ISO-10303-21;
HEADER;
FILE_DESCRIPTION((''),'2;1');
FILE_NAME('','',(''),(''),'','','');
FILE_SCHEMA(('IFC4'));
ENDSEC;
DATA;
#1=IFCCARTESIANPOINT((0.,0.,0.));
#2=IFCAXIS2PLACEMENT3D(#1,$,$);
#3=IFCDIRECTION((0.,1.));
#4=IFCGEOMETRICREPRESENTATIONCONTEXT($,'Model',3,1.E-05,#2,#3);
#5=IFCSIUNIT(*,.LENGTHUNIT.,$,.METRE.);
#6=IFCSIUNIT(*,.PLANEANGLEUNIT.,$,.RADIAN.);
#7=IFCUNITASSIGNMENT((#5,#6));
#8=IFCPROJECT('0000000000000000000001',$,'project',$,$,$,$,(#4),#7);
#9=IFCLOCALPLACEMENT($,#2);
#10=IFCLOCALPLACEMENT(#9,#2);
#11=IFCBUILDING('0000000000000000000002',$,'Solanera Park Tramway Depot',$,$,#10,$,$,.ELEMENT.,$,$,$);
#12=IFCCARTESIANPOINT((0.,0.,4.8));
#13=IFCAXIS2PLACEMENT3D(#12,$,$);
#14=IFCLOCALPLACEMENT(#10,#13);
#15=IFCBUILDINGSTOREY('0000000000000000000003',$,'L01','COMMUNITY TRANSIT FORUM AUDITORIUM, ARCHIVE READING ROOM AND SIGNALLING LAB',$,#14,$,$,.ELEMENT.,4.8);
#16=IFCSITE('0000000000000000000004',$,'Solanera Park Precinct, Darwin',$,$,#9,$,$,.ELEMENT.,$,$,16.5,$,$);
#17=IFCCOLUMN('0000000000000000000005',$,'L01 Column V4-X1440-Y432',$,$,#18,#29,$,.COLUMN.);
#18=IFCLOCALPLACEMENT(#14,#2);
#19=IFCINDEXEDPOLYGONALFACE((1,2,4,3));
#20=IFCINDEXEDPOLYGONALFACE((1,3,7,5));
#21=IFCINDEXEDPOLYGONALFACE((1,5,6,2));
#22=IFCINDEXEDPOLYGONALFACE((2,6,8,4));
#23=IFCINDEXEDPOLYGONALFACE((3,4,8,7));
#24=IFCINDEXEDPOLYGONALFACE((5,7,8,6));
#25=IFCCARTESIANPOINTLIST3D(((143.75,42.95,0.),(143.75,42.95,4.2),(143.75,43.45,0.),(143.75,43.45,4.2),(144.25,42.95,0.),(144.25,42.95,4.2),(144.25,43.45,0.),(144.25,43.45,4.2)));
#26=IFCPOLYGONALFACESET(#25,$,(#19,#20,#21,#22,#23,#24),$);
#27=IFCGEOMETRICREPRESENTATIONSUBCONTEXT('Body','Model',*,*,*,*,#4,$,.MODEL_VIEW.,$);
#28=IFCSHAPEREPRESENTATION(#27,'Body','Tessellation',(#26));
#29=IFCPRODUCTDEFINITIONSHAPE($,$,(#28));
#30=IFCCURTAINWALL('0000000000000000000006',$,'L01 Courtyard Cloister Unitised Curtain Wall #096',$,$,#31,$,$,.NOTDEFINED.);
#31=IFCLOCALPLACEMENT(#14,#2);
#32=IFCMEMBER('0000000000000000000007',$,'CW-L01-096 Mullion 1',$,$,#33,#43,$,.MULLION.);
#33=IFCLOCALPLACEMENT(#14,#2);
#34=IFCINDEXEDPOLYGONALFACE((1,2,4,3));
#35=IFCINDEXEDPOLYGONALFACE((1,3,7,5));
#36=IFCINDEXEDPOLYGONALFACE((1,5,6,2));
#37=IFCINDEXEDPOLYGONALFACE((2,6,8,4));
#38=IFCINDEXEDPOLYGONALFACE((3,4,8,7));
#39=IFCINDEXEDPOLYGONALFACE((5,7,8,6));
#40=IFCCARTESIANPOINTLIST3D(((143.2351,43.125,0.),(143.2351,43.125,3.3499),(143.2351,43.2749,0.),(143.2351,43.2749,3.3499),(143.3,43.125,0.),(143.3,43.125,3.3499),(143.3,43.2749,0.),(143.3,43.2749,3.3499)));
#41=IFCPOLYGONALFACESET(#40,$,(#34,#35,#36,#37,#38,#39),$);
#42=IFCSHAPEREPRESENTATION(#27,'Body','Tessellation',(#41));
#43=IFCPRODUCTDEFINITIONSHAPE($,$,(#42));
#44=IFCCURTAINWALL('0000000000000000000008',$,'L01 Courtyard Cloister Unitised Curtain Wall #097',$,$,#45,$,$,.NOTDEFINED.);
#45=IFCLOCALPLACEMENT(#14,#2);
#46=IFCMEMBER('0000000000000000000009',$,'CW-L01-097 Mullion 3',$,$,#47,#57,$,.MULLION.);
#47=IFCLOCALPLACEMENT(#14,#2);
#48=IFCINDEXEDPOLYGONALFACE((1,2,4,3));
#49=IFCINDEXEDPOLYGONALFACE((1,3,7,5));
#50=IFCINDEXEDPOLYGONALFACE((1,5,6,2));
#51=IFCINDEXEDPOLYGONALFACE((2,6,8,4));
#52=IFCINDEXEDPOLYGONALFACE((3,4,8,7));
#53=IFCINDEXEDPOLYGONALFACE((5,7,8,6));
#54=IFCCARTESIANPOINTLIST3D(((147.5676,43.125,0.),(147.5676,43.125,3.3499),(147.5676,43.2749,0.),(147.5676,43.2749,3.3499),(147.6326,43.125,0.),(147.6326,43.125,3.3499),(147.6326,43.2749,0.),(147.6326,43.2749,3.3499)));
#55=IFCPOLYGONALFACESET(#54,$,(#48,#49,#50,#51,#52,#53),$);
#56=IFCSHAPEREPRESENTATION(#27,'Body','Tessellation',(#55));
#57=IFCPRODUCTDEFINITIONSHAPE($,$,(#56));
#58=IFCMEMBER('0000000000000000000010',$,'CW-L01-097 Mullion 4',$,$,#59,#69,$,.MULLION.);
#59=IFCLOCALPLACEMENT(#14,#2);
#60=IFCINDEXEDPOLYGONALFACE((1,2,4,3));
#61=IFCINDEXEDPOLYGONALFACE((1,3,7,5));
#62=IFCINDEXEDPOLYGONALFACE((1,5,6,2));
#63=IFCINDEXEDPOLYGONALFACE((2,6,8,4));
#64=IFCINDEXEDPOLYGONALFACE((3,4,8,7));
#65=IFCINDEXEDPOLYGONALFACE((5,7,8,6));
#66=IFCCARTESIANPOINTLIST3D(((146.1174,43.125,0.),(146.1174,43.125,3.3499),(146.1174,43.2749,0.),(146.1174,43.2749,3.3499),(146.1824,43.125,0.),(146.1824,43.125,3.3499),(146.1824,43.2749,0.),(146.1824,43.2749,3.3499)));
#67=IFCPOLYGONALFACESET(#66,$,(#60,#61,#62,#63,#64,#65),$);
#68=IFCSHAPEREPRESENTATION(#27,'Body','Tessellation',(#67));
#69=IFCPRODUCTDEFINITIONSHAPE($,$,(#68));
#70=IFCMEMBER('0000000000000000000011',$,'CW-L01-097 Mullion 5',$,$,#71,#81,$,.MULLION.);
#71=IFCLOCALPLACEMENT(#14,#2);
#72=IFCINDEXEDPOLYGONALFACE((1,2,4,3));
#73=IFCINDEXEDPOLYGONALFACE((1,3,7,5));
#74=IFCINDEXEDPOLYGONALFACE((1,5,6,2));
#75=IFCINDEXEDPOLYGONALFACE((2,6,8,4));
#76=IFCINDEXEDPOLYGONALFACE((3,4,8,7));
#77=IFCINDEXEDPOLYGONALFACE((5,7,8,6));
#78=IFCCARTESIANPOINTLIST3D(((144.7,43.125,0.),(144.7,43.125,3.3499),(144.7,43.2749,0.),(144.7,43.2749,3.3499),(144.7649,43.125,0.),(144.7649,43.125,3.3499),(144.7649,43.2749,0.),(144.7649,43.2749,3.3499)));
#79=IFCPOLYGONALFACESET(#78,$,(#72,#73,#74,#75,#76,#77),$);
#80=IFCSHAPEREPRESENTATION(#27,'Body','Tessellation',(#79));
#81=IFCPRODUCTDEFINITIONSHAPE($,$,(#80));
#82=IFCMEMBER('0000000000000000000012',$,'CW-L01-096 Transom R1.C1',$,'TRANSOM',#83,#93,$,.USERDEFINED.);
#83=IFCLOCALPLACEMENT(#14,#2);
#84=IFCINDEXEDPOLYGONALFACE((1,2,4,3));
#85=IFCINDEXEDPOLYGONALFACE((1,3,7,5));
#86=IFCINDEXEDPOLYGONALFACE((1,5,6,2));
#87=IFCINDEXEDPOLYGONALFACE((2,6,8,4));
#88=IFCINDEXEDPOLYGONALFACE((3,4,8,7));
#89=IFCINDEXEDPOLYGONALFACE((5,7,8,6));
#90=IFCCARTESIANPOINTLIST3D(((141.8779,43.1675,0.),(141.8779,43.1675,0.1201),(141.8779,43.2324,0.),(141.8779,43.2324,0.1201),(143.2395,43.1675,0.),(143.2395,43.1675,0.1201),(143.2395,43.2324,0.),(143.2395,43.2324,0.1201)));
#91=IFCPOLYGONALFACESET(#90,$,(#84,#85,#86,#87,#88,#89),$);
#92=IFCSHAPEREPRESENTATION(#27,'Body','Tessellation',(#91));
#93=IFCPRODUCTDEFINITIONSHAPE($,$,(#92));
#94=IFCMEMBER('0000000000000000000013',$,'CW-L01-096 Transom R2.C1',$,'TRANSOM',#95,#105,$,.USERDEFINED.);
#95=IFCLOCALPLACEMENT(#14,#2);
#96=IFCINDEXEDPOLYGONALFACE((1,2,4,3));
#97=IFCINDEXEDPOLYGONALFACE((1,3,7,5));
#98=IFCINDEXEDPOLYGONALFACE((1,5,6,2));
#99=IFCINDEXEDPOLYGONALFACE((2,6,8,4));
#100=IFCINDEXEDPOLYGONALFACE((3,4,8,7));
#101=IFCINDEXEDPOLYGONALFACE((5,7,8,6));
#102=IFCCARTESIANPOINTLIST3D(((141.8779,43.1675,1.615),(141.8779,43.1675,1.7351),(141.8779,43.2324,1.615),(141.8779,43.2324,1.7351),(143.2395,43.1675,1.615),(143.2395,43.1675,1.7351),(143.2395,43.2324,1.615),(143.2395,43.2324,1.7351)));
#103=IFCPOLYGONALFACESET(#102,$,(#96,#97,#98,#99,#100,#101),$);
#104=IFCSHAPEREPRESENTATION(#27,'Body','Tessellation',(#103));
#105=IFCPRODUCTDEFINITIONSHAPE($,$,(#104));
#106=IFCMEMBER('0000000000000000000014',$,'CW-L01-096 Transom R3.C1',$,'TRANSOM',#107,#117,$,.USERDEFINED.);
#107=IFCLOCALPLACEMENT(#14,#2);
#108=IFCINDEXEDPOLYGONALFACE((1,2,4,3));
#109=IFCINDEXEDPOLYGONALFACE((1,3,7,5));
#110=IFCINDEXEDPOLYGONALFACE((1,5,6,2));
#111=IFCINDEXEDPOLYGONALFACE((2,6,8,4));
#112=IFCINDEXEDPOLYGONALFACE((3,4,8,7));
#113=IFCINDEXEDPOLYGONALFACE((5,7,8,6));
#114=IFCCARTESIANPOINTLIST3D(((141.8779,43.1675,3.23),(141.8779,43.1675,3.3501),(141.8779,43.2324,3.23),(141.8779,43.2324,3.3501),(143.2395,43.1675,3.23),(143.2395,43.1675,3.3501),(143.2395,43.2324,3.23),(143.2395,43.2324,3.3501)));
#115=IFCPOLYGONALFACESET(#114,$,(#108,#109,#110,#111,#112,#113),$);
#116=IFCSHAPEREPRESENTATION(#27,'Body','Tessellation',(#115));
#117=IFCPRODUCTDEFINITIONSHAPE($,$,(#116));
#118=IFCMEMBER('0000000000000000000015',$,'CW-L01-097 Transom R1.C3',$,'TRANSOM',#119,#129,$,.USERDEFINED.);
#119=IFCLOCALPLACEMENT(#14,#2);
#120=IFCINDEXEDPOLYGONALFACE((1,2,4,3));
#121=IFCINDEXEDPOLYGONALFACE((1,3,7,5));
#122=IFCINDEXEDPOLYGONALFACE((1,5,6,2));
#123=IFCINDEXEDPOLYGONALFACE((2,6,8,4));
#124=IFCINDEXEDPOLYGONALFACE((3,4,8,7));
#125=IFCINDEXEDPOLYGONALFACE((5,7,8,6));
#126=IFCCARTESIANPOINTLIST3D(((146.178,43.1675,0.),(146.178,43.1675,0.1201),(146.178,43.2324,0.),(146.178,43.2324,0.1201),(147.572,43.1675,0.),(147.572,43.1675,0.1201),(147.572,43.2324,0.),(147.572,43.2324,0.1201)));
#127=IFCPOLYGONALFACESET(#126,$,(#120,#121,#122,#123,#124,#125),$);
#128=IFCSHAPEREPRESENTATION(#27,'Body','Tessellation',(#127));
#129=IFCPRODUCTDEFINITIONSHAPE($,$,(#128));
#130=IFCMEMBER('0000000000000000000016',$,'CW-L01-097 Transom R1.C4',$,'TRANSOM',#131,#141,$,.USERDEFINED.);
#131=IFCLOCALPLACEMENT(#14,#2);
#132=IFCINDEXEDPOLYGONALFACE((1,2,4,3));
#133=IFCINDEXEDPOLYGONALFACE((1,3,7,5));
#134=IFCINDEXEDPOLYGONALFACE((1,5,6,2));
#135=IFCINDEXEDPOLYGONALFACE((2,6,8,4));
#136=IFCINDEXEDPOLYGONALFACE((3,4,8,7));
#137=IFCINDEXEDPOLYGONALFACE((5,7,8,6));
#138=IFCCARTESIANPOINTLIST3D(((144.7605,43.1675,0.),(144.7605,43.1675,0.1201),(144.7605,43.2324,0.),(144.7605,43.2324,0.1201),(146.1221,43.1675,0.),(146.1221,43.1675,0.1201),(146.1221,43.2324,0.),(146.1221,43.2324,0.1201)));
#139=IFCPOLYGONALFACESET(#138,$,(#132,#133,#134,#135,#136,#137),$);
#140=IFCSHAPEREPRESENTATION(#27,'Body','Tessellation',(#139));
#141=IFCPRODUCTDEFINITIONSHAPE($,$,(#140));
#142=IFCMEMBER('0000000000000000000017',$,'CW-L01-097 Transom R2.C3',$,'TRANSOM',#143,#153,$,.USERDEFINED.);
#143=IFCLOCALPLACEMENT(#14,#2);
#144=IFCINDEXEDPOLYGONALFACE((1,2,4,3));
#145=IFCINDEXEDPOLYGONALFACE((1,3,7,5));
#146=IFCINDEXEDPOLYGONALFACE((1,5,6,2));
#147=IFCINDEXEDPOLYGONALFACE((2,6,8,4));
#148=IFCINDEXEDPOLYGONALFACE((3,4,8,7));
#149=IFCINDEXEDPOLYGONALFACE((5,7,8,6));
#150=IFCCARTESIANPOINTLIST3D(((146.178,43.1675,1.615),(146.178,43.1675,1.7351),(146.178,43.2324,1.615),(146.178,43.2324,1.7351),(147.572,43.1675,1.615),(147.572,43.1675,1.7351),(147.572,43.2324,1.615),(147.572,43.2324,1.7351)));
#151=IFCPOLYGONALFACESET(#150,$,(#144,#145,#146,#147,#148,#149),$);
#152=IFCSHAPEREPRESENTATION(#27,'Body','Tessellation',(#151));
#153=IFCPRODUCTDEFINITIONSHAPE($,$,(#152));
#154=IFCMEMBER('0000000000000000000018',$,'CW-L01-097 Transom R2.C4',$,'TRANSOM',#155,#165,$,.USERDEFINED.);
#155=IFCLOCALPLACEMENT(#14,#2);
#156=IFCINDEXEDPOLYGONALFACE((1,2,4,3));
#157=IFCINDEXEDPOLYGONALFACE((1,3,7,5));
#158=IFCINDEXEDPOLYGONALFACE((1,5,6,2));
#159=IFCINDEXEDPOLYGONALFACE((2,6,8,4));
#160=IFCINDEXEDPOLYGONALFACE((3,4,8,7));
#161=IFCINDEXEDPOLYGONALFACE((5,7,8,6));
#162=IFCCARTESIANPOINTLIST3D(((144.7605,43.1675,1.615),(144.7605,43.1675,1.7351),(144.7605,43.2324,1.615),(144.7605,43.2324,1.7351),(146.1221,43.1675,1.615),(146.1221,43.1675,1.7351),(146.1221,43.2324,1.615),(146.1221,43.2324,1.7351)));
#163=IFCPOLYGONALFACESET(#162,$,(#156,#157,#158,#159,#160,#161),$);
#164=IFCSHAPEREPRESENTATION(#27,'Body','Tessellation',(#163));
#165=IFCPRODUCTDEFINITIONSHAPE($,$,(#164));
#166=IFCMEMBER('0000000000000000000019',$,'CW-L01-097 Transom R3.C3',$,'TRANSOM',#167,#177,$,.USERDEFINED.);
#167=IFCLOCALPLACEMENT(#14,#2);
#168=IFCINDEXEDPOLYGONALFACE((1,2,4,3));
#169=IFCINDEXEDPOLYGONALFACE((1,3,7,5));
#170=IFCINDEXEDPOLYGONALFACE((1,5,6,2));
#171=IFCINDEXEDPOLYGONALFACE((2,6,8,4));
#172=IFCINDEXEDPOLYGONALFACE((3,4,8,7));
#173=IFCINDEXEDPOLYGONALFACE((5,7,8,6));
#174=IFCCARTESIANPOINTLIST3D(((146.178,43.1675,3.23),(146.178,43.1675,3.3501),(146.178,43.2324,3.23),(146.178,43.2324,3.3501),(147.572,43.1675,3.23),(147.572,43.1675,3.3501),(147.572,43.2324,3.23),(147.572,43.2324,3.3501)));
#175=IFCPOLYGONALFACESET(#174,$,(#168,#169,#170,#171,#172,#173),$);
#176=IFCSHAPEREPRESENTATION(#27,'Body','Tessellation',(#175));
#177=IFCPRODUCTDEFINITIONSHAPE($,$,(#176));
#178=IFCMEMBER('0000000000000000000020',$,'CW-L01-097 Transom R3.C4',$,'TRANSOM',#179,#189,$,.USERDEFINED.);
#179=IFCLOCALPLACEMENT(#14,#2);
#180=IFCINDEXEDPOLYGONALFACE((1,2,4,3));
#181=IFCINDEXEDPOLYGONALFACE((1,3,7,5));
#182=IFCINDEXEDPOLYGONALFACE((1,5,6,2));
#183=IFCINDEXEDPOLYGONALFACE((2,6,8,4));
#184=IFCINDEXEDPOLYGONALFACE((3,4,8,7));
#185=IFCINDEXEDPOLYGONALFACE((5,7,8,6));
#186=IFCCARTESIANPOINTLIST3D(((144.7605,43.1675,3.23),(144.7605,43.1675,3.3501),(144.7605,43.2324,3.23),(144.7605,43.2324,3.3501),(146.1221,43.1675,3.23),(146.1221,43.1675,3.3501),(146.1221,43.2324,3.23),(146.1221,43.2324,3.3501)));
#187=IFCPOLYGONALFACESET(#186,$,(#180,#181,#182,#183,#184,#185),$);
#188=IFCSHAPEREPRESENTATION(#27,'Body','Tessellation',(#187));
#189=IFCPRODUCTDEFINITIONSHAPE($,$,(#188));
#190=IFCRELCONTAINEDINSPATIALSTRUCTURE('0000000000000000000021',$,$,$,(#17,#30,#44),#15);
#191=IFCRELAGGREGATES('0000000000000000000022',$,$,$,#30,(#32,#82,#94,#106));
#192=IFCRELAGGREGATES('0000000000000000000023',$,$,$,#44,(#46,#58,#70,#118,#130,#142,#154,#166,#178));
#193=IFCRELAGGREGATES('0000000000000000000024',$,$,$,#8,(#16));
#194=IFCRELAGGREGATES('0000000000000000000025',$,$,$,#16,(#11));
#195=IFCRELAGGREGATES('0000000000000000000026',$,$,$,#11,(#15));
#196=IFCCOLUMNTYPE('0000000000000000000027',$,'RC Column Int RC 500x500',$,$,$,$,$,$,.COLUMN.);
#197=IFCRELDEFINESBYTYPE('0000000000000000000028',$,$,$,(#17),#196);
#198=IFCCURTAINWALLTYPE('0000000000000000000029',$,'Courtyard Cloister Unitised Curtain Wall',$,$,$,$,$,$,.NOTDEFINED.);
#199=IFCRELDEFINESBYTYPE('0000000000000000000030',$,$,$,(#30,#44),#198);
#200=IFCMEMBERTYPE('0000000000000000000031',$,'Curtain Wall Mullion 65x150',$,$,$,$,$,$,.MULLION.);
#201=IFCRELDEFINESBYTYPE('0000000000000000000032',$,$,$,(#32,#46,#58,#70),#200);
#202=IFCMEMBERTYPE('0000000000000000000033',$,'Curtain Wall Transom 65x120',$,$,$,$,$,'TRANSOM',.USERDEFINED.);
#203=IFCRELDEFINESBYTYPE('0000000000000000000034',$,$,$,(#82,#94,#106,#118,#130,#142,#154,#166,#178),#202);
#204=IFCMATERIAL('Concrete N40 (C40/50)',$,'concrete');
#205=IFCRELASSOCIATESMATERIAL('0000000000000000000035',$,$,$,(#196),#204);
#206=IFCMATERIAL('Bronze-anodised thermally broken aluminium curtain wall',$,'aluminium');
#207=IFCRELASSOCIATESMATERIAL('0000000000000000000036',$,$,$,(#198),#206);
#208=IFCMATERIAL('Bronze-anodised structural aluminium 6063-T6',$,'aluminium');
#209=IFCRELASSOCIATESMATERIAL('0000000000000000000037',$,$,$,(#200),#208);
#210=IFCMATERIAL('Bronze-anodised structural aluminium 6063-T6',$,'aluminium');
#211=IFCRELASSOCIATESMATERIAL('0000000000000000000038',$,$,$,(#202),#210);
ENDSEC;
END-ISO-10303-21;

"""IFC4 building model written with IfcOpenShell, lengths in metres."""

from ifc_helpers import new_model, si_unit, direction, frame, origin, origin_2d, place, context, subcontext, project, spatial, rectangle, extrude, material, material_profile, profile_set, type_object, element, aggregate, save


model = new_model("IFC4")

# Units and contexts
model_context = context("Model", 3, precision=1e-05, world=origin(), true_north=direction((0.0, 1.0)))
body_context = subcontext(model_context, "Body", "Model", "MODEL_VIEW")
ifc_project = project(units=[si_unit("LENGTHUNIT", "METRE"), si_unit("PLANEANGLEUNIT", "RADIAN")], contexts=[model_context])

# Site, building, storey
site_placement = place(None, origin())
site = spatial("IfcSite", under=ifc_project, at=site_placement, Name="Solanera Park Precinct, Darwin", CompositionType="ELEMENT", RefElevation=16.5)
building_placement = place(site_placement, origin())
building = spatial("IfcBuilding", under=site, at=building_placement, Name="Solanera Park Tramway Depot", CompositionType="ELEMENT")
storey_placement = place(building_placement, frame((0.0, 0.0, 4.8)))
storey = spatial("IfcBuildingStorey", under=building, at=storey_placement, Name="L01", Description="COMMUNITY TRANSIT FORUM AUDITORIUM, ARCHIVE READING ROOM AND SIGNALLING LAB", CompositionType="ELEMENT", Elevation=4.8)

# Column
ifc_material_1 = material(Name="Concrete N40 (C40/50)", Category="concrete")
ifc_material_profile_1 = material_profile(ifc_material_1, rectangle(XDim=0.5, YDim=0.5, at=origin_2d()), Name="RC 500x500")
ifc_profile_set_1 = profile_set([ifc_material_profile_1], Name="Concrete N40 (C40/50)")
column_type = type_object("IfcColumnType", Name="RC Column Int RC 500x500", PredefinedType="COLUMN", material=ifc_profile_set_1)
column_placement = place(storey_placement, frame((144.0, 43.2, 0.0), z_axis=(0.0, 0.0, 1.0), x_axis=(1.0, 0.0, 0.0)))
element("IfcColumn", 1, at=column_placement, inside=storey, type_object=column_type, Name="L01 Column V4-X1440-Y432", PredefinedType="COLUMN", context=body_context, shape_type="SweptSolid", body=[
    extrude(rectangle(XDim=0.5, YDim=0.5, at=origin_2d()), origin(), (0.0, 0.0, 1.0), 4.2),
])

# Curtain wall, member
ifc_material_2 = material(Name="Bronze-anodised thermally broken aluminium curtain wall", Category="aluminium")
curtain_wall_type = type_object("IfcCurtainWallType", Name="Courtyard Cloister Unitised Curtain Wall", PredefinedType="NOTDEFINED", material=ifc_material_2)
curtain_wall_1_placement = place(storey_placement, origin())
curtain_wall_1 = element("IfcCurtainWall", 2, at=curtain_wall_1_placement, inside=storey, type_object=curtain_wall_type, Name="L01 Courtyard Cloister Unitised Curtain Wall #096", PredefinedType="NOTDEFINED")
ifc_material_3 = material(Name="Bronze-anodised structural aluminium 6063-T6", Category="aluminium")
ifc_material_profile_2 = material_profile(ifc_material_3, rectangle(XDim=0.0649, YDim=0.1499, at=origin_2d()), Name="Curtain Wall Mullion 65x150")
ifc_profile_set_2 = profile_set([ifc_material_profile_2], Name="Bronze-anodised structural aluminium 6063-T6")
member_type_1 = type_object("IfcMemberType", Name="Curtain Wall Mullion 65x150", PredefinedType="MULLION", material=ifc_profile_set_2)
member_1_placement = place(storey_placement, frame((143.2676, 43.2, 0.0), z_axis=(0.0, 0.0, 1.0), x_axis=(1.0, 0.0, 0.0)))
member_1 = element("IfcMember", 3, at=member_1_placement, type_object=member_type_1, Name="CW-L01-096 Mullion 1", PredefinedType="MULLION", context=body_context, shape_type="SweptSolid", body=[
    extrude(rectangle(XDim=0.0649, YDim=0.1499, at=origin_2d()), origin(), (0.0, 0.0, 1.0), 3.3499),
])

# Curtain wall, members
curtain_wall_2_placement = place(storey_placement, origin())
curtain_wall_2 = element("IfcCurtainWall", 4, at=curtain_wall_2_placement, inside=storey, type_object=curtain_wall_type, Name="L01 Courtyard Cloister Unitised Curtain Wall #097", PredefinedType="NOTDEFINED")
member_2_placement = place(storey_placement, frame((147.6001, 43.2, 0.0), z_axis=(0.0, 0.0, 1.0), x_axis=(1.0, 0.0, 0.0)))
member_2 = element("IfcMember", 5, at=member_2_placement, type_object=member_type_1, Name="CW-L01-097 Mullion 3", PredefinedType="MULLION", context=body_context, shape_type="SweptSolid", body=[
    extrude(rectangle(XDim=0.0649, YDim=0.1499, at=origin_2d()), origin(), (0.0, 0.0, 1.0), 3.3499),
])
member_3_placement = place(storey_placement, frame((146.1499, 43.2, 0.0), z_axis=(0.0, 0.0, 1.0), x_axis=(1.0, 0.0, 0.0)))
member_3 = element("IfcMember", 6, at=member_3_placement, type_object=member_type_1, Name="CW-L01-097 Mullion 4", PredefinedType="MULLION", context=body_context, shape_type="SweptSolid", body=[
    extrude(rectangle(XDim=0.0649, YDim=0.1499, at=origin_2d()), origin(), (0.0, 0.0, 1.0), 3.3499),
])
member_4_placement = place(storey_placement, frame((144.7324, 43.2, 0.0), z_axis=(0.0, 0.0, 1.0), x_axis=(1.0, 0.0, 0.0)))
member_4 = element("IfcMember", 7, at=member_4_placement, type_object=member_type_1, Name="CW-L01-097 Mullion 5", PredefinedType="MULLION", context=body_context, shape_type="SweptSolid", body=[
    extrude(rectangle(XDim=0.0649, YDim=0.1499, at=origin_2d()), origin(), (0.0, 0.0, 1.0), 3.3499),
])

# Members
ifc_material_4 = material(Name="Bronze-anodised structural aluminium 6063-T6", Category="aluminium")
ifc_material_profile_3 = material_profile(ifc_material_4, rectangle(XDim=0.0649, YDim=0.1201, at=origin_2d()), Name="Curtain Wall Transom 65x120")
ifc_profile_set_3 = profile_set([ifc_material_profile_3], Name="Bronze-anodised structural aluminium 6063-T6")
member_type_2 = type_object("IfcMemberType", Name="Curtain Wall Transom 65x120", ElementType="TRANSOM", PredefinedType="USERDEFINED", material=ifc_profile_set_3)
member_5_placement = place(storey_placement, frame((143.2395, 43.2, 0.0601), z_axis=(-1.0, 0.0, 0.0), x_axis=(0.0, -1.0, 0.0)))
member_5 = element("IfcMember", 8, at=member_5_placement, type_object=member_type_2, Name="CW-L01-096 Transom R1.C1", ObjectType="TRANSOM", PredefinedType="USERDEFINED", context=body_context, shape_type="SweptSolid", body=[
    extrude(rectangle(XDim=0.0649, YDim=0.1201, at=origin_2d()), origin(), (0.0, 0.0, 1.0), 1.3616),
])
member_6_placement = place(storey_placement, frame((143.2395, 43.2, 1.675), z_axis=(-1.0, 0.0, 0.0), x_axis=(0.0, -1.0, 0.0)))
member_6 = element("IfcMember", 9, at=member_6_placement, type_object=member_type_2, Name="CW-L01-096 Transom R2.C1", ObjectType="TRANSOM", PredefinedType="USERDEFINED", context=body_context, shape_type="SweptSolid", body=[
    extrude(rectangle(XDim=0.0649, YDim=0.1201, at=origin_2d()), origin(), (0.0, 0.0, 1.0), 1.3616),
])
member_7_placement = place(storey_placement, frame((143.2395, 43.2, 3.29), z_axis=(-1.0, 0.0, 0.0), x_axis=(0.0, -1.0, 0.0)))
member_7 = element("IfcMember", 10, at=member_7_placement, type_object=member_type_2, Name="CW-L01-096 Transom R3.C1", ObjectType="TRANSOM", PredefinedType="USERDEFINED", context=body_context, shape_type="SweptSolid", body=[
    extrude(rectangle(XDim=0.0649, YDim=0.1201, at=origin_2d()), origin(), (0.0, 0.0, 1.0), 1.3616),
])
member_8_placement = place(storey_placement, frame((147.572, 43.2, 0.0601), z_axis=(-1.0, 0.0, 0.0), x_axis=(0.0, -1.0, 0.0)))
member_8 = element("IfcMember", 11, at=member_8_placement, type_object=member_type_2, Name="CW-L01-097 Transom R1.C3", ObjectType="TRANSOM", PredefinedType="USERDEFINED", context=body_context, shape_type="SweptSolid", body=[
    extrude(rectangle(XDim=0.0649, YDim=0.1201, at=origin_2d()), origin(), (0.0, 0.0, 1.0), 1.394),
])
member_9_placement = place(storey_placement, frame((146.1221, 43.2, 0.0601), z_axis=(-1.0, 0.0, 0.0), x_axis=(0.0, -1.0, 0.0)))
member_9 = element("IfcMember", 12, at=member_9_placement, type_object=member_type_2, Name="CW-L01-097 Transom R1.C4", ObjectType="TRANSOM", PredefinedType="USERDEFINED", context=body_context, shape_type="SweptSolid", body=[
    extrude(rectangle(XDim=0.0649, YDim=0.1201, at=origin_2d()), origin(), (0.0, 0.0, 1.0), 1.3616),
])
member_10_placement = place(storey_placement, frame((147.572, 43.2, 1.675), z_axis=(-1.0, 0.0, 0.0), x_axis=(0.0, -1.0, 0.0)))
member_10 = element("IfcMember", 13, at=member_10_placement, type_object=member_type_2, Name="CW-L01-097 Transom R2.C3", ObjectType="TRANSOM", PredefinedType="USERDEFINED", context=body_context, shape_type="SweptSolid", body=[
    extrude(rectangle(XDim=0.0649, YDim=0.1201, at=origin_2d()), origin(), (0.0, 0.0, 1.0), 1.394),
])
member_11_placement = place(storey_placement, frame((146.1221, 43.2, 1.675), z_axis=(-1.0, 0.0, 0.0), x_axis=(0.0, -1.0, 0.0)))
member_11 = element("IfcMember", 14, at=member_11_placement, type_object=member_type_2, Name="CW-L01-097 Transom R2.C4", ObjectType="TRANSOM", PredefinedType="USERDEFINED", context=body_context, shape_type="SweptSolid", body=[
    extrude(rectangle(XDim=0.0649, YDim=0.1201, at=origin_2d()), origin(), (0.0, 0.0, 1.0), 1.3616),
])
member_12_placement = place(storey_placement, frame((147.572, 43.2, 3.29), z_axis=(-1.0, 0.0, 0.0), x_axis=(0.0, -1.0, 0.0)))
member_12 = element("IfcMember", 15, at=member_12_placement, type_object=member_type_2, Name="CW-L01-097 Transom R3.C3", ObjectType="TRANSOM", PredefinedType="USERDEFINED", context=body_context, shape_type="SweptSolid", body=[
    extrude(rectangle(XDim=0.0649, YDim=0.1201, at=origin_2d()), origin(), (0.0, 0.0, 1.0), 1.394),
])
member_13_placement = place(storey_placement, frame((146.1221, 43.2, 3.29), z_axis=(-1.0, 0.0, 0.0), x_axis=(0.0, -1.0, 0.0)))
member_13 = element("IfcMember", 16, at=member_13_placement, type_object=member_type_2, Name="CW-L01-097 Transom R3.C4", ObjectType="TRANSOM", PredefinedType="USERDEFINED", context=body_context, shape_type="SweptSolid", body=[
    extrude(rectangle(XDim=0.0649, YDim=0.1201, at=origin_2d()), origin(), (0.0, 0.0, 1.0), 1.3616),
])

aggregate(curtain_wall_1, [member_1, member_5, member_6, member_7])
aggregate(curtain_wall_2, [member_2, member_3, member_4, member_8, member_9, member_10, member_11, member_12, member_13])

save(model, "model.ifc")
